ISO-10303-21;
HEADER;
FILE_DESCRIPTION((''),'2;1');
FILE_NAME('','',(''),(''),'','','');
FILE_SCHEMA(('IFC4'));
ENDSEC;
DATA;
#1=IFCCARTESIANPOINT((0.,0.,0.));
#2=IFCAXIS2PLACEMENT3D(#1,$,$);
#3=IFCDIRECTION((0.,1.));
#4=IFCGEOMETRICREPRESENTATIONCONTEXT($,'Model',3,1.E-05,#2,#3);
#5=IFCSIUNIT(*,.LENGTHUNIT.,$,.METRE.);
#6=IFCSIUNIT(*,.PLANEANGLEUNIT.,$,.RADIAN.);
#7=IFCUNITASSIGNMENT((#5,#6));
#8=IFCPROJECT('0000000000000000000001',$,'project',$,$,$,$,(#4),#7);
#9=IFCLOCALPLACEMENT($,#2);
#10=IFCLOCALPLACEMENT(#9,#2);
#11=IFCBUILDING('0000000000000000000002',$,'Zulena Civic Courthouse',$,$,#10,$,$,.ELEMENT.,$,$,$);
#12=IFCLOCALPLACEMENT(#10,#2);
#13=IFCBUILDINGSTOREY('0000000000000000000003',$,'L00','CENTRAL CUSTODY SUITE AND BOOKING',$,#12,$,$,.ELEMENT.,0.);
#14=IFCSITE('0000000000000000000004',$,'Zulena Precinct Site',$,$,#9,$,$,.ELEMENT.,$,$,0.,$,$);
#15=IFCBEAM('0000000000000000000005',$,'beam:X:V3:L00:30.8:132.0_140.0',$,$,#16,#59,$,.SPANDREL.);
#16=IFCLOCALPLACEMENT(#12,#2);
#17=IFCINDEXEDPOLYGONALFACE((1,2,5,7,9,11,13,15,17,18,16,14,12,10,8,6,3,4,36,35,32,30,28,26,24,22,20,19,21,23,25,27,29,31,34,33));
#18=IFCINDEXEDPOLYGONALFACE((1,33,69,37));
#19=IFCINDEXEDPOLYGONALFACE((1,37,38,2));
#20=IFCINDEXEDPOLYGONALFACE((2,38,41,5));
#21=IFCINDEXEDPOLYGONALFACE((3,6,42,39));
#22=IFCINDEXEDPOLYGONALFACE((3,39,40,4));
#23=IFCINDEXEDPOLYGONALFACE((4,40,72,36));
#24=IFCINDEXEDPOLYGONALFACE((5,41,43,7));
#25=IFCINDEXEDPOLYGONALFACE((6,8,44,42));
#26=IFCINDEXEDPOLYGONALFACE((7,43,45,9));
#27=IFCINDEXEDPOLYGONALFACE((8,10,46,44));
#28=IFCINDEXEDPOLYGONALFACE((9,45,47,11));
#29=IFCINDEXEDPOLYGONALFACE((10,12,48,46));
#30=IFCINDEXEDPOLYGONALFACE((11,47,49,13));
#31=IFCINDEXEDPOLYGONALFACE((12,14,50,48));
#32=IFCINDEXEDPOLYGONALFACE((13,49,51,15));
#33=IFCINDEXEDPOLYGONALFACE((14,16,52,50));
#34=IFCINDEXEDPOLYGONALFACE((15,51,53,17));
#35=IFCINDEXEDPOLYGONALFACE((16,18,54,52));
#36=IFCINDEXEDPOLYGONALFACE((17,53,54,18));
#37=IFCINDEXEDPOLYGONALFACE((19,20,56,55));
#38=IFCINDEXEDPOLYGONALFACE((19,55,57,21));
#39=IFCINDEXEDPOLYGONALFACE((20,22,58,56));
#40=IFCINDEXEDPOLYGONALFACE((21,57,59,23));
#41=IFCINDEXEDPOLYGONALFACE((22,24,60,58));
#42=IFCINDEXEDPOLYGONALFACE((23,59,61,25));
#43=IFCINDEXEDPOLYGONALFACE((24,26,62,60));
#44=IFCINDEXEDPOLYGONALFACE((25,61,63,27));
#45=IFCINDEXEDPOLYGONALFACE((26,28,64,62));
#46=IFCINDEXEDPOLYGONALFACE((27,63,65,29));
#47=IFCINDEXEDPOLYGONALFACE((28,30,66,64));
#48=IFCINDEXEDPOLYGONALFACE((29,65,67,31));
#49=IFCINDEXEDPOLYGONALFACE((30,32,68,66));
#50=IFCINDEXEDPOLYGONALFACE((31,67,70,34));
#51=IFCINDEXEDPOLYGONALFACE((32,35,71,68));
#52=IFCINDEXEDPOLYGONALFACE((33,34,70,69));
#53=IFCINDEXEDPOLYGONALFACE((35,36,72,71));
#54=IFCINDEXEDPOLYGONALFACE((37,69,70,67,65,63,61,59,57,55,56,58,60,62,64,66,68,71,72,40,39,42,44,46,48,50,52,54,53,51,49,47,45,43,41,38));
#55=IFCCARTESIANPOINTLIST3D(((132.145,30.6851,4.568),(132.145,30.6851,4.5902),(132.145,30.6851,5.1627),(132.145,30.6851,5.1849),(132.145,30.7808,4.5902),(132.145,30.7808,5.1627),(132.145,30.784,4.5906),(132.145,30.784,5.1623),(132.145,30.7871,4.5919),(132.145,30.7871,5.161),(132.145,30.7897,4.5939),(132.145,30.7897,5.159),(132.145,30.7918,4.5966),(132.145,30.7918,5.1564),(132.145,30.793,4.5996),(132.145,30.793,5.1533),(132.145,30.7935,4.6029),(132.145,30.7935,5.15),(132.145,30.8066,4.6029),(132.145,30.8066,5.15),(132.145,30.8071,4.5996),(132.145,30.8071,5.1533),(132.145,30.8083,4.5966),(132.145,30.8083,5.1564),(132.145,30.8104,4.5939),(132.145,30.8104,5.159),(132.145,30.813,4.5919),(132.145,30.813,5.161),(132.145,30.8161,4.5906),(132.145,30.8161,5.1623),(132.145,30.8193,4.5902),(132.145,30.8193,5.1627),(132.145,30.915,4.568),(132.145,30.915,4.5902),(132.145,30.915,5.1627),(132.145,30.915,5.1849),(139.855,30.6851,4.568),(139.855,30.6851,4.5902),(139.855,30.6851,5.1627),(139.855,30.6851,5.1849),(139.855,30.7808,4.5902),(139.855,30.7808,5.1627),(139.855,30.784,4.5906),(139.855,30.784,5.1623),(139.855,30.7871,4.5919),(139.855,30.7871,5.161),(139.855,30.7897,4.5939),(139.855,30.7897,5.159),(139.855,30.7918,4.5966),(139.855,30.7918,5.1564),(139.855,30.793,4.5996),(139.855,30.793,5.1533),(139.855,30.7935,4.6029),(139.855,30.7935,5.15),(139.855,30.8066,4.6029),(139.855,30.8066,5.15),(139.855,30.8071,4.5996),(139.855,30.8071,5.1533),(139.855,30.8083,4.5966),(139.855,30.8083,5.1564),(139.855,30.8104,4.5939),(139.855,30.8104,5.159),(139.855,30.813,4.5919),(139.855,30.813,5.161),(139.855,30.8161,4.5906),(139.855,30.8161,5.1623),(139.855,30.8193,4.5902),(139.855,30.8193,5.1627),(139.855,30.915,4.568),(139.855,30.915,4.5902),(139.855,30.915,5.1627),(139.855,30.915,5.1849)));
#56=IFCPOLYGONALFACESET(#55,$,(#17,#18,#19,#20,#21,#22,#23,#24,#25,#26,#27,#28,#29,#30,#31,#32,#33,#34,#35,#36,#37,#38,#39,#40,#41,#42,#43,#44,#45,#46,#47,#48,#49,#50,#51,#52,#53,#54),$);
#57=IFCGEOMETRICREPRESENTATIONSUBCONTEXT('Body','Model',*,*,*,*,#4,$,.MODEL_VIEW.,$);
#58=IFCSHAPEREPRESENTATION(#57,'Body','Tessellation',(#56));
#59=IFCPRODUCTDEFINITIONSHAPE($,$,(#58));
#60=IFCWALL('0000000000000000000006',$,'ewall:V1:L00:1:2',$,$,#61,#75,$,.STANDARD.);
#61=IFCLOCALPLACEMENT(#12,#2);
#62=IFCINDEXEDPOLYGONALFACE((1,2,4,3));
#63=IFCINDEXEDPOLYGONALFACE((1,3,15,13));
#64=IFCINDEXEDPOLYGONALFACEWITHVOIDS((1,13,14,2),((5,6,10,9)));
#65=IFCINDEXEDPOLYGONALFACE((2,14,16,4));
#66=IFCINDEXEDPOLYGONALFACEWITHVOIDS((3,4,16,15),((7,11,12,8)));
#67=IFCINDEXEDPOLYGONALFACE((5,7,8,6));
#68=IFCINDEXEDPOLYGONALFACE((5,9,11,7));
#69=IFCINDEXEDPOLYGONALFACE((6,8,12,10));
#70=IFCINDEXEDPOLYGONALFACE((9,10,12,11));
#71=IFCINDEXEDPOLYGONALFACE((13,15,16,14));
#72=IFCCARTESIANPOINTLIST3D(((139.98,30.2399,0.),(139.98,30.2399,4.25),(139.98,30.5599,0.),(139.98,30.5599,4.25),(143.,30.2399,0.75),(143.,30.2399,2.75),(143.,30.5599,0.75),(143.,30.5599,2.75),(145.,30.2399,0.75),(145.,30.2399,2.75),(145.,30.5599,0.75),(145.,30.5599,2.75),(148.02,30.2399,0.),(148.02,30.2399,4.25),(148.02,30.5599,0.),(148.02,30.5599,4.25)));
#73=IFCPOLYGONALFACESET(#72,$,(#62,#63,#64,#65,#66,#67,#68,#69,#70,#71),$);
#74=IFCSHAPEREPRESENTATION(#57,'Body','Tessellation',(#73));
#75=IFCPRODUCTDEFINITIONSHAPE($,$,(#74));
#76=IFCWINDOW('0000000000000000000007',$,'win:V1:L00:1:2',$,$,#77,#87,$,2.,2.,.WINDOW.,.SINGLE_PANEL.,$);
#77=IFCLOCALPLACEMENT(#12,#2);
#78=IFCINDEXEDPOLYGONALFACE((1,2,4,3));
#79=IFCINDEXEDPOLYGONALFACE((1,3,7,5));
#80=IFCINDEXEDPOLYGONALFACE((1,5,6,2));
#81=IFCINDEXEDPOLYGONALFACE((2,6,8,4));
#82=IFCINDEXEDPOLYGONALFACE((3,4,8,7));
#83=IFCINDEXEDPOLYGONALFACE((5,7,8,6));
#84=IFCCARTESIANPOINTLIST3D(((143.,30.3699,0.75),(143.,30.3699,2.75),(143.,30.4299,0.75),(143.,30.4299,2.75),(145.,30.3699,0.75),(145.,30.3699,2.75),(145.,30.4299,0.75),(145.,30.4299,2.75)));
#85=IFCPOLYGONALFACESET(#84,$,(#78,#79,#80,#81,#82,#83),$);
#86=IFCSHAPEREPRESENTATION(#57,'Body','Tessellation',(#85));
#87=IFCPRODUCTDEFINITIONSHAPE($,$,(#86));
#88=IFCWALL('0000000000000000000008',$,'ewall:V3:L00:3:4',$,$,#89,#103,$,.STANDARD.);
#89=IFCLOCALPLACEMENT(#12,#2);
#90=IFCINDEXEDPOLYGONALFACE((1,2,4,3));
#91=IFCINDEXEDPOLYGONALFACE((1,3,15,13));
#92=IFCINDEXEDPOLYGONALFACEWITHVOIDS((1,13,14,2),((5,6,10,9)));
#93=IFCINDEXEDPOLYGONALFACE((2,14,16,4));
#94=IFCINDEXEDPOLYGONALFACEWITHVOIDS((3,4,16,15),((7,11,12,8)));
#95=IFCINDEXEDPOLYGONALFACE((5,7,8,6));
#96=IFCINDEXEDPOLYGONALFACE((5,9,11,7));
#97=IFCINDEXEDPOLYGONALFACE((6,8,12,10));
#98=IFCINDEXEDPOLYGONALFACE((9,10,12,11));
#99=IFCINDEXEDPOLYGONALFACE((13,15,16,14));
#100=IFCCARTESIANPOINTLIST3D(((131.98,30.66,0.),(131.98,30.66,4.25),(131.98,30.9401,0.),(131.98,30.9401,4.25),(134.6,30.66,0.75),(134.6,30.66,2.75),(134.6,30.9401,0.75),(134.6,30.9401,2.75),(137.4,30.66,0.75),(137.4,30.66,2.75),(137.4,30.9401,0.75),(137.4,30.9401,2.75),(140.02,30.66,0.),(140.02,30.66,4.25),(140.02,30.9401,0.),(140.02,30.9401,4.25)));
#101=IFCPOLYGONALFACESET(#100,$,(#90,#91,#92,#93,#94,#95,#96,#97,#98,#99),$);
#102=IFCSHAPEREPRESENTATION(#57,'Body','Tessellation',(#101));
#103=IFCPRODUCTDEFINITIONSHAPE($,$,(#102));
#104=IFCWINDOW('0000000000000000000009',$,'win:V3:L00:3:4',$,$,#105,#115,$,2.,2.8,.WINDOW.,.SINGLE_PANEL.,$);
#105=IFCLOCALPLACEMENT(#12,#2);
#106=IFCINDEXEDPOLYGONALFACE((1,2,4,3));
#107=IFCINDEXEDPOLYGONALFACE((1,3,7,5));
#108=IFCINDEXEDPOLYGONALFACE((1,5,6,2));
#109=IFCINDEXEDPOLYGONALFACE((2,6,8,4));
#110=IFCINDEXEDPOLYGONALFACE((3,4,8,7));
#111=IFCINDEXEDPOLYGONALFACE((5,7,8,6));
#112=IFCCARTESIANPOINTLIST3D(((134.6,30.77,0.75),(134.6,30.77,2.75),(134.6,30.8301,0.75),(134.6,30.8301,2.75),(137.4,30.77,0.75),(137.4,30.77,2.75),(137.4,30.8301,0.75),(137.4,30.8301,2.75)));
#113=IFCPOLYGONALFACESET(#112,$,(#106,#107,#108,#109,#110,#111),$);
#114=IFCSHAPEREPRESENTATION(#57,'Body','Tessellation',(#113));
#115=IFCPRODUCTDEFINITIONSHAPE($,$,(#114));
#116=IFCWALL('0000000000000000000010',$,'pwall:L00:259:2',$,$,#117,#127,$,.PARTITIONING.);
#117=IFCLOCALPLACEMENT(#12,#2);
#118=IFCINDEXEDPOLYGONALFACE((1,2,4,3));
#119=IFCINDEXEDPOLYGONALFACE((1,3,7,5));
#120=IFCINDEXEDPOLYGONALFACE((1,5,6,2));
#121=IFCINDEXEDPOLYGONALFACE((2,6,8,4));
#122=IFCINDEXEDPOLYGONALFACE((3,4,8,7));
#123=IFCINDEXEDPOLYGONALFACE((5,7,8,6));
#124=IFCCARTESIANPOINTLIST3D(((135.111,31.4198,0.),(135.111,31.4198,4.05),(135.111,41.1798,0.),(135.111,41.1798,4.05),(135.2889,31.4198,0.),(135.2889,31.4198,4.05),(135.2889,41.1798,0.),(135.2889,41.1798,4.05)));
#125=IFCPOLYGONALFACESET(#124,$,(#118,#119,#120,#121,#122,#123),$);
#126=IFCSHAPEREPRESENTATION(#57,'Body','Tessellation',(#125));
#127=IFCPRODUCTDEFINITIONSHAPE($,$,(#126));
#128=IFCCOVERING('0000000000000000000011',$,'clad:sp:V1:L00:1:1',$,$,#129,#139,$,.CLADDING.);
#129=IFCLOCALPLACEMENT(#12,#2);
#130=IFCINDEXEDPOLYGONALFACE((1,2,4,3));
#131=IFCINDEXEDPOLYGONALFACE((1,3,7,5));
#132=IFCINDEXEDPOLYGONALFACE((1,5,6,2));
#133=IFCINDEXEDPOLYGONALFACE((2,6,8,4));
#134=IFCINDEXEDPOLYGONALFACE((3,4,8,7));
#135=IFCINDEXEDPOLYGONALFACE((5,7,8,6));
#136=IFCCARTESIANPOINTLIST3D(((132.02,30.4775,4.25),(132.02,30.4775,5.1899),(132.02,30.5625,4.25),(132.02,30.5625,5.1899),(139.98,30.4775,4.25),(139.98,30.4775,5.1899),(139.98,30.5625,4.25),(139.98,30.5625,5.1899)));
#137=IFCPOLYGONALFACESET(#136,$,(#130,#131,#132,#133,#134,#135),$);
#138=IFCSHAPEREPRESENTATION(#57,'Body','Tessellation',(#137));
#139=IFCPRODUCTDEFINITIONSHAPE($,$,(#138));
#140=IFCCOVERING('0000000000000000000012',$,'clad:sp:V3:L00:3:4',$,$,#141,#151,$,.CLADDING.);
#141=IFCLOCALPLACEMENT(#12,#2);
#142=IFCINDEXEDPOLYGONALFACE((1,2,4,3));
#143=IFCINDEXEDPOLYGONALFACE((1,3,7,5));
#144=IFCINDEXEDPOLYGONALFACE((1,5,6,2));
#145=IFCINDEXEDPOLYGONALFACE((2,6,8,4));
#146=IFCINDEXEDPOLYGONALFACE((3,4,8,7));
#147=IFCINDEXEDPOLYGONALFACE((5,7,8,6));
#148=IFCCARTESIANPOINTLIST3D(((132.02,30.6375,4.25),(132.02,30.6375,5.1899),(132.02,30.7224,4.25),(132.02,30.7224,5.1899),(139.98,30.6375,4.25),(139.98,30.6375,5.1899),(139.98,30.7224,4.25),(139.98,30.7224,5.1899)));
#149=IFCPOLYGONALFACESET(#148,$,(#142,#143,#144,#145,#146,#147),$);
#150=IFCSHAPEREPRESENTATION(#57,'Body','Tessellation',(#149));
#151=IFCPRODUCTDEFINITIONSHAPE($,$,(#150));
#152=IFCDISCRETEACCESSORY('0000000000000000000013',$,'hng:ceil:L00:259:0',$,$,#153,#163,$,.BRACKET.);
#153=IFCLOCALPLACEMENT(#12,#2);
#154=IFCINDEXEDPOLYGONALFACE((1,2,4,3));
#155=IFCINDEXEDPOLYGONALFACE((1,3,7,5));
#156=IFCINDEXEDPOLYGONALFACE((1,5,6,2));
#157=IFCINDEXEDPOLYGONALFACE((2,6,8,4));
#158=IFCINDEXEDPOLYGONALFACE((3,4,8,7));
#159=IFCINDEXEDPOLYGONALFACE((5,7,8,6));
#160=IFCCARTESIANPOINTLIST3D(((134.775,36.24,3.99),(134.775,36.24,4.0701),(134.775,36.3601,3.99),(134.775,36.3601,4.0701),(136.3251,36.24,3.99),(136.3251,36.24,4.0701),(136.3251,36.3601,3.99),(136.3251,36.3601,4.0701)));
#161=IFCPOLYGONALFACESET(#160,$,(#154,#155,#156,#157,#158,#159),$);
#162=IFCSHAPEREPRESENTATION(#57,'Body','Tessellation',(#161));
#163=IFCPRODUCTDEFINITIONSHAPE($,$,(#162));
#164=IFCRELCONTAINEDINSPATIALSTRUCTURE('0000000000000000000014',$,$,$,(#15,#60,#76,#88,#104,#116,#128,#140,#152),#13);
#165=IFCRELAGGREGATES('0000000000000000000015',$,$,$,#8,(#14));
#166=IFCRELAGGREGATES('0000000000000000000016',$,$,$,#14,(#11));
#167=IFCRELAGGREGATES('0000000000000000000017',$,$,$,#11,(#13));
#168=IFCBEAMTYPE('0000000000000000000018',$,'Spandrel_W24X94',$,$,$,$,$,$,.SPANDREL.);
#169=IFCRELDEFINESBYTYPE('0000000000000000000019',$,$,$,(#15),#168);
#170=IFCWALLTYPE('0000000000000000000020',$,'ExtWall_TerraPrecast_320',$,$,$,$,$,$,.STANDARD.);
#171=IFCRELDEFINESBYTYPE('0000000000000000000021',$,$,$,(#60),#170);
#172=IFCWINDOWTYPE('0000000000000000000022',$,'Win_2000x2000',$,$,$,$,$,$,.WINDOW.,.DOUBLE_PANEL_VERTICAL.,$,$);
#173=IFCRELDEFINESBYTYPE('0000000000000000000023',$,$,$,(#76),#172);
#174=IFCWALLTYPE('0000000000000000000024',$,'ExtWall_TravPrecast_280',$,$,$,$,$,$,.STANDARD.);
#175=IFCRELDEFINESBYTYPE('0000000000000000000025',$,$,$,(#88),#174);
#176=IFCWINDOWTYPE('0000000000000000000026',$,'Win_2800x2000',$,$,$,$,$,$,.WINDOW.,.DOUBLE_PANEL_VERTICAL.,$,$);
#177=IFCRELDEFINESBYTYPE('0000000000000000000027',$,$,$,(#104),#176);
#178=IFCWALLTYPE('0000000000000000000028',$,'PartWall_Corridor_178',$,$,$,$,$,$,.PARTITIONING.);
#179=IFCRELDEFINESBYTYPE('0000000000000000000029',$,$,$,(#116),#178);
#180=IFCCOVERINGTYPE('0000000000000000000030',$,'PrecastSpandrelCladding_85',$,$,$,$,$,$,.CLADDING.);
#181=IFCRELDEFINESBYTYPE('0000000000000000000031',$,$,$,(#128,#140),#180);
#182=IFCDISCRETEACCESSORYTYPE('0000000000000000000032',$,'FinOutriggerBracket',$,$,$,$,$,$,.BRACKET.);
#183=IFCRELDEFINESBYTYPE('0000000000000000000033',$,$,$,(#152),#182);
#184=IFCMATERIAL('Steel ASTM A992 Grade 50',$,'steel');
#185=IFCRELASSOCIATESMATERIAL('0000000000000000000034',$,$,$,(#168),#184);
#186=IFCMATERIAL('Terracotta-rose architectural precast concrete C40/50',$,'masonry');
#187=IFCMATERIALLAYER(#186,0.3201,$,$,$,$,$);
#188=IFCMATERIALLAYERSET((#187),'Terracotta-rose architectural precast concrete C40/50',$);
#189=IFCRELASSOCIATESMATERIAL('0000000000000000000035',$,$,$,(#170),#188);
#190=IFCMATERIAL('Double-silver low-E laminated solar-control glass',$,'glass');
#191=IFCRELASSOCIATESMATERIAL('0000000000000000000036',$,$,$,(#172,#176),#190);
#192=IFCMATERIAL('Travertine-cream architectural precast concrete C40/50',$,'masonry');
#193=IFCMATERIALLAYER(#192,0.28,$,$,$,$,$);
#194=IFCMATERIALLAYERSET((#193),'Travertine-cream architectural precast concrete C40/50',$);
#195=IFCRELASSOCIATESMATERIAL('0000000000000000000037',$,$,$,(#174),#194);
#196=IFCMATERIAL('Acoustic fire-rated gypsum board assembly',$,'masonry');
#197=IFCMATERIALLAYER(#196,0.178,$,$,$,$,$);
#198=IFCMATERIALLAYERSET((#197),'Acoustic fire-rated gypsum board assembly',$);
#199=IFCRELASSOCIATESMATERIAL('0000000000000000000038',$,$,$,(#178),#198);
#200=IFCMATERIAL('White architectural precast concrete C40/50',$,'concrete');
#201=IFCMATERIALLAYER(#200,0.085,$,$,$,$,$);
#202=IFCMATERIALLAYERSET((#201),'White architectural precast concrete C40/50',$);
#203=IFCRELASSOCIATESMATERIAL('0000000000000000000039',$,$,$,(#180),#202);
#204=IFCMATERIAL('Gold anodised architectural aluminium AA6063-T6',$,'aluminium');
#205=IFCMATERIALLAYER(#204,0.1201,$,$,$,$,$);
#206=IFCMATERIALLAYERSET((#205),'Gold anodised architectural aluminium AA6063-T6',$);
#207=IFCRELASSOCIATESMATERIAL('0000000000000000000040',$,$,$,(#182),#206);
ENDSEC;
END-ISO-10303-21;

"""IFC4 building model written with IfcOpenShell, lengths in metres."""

from ifc_helpers import new_model, si_unit, direction, frame, frame_2d, origin, origin_2d, place, context, subcontext, project, spatial, rectangle, i_section, extrude, material, layer, layer_set, material_profile, profile_set, type_object, element, fill, save


model = new_model("IFC4")

# Units and contexts
model_context = context("Model", 3, precision=1e-05, world=origin(), true_north=direction((0.0, 1.0)))
body_context = subcontext(model_context, "Body", "Model", "MODEL_VIEW")
ifc_project = project(units=[si_unit("LENGTHUNIT", "METRE"), si_unit("PLANEANGLEUNIT", "RADIAN")], contexts=[model_context])

# Site, building, storey
site_placement = place(None, origin())
site = spatial("IfcSite", under=ifc_project, at=site_placement, Name="Zulena Precinct Site", CompositionType="ELEMENT", RefElevation=0.0)
building_placement = place(site_placement, origin())
building = spatial("IfcBuilding", under=site, at=building_placement, Name="Zulena Civic Courthouse", CompositionType="ELEMENT")
storey_placement = place(building_placement, origin())
storey = spatial("IfcBuildingStorey", under=building, at=storey_placement, Name="L00", Description="CENTRAL CUSTODY SUITE AND BOOKING", CompositionType="ELEMENT", Elevation=0.0)

# Shared definitions
ifc_material_1 = material(Name="Steel ASTM A992 Grade 50", Category="steel")

# Beam
ifc_material_profile_1 = material_profile(ifc_material_1, i_section(OverallWidth=0.23, OverallDepth=0.6169, WebThickness=0.0132, FlangeThickness=0.0222, FilletRadius=0.0127, at=origin_2d()), Name="W24X94")
ifc_profile_set_1 = profile_set([ifc_material_profile_1], Name="Steel ASTM A992 Grade 50")
beam_type_1 = type_object("IfcBeamType", Name="Spandrel_W24X94", PredefinedType="SPANDREL", material=ifc_profile_set_1)
for number, where, z_axis, x_axis, name in (
    (1, (132.145, 30.8, 4.8765), (1.0, 0.0, 0.0), (0.0, 1.0, 0.0), "beam:X:V3:L00:30.8:132.0_140.0"),
):
    element("IfcBeam", number, at=place(storey_placement, frame(where, z_axis=z_axis, x_axis=x_axis)), inside=storey, type_object=beam_type_1, Name=name, PredefinedType="SPANDREL", context=body_context, shape_type="SweptSolid", body=[
        extrude(i_section(OverallWidth=0.23, OverallDepth=0.6169, WebThickness=0.0132, FlangeThickness=0.0222, FilletRadius=0.0127, at=origin_2d()), origin(), (0.0, 0.0, 1.0), 7.71),
    ])

# Walls, openings, windows
ifc_material_2 = material(Name="Terracotta-rose architectural precast concrete C40/50", Category="masonry")
ifc_layer_1 = layer(ifc_material_2, 0.3201)
ifc_layer_set_1 = layer_set([ifc_layer_1], Name="Terracotta-rose architectural precast concrete C40/50")
wall_type_1 = type_object("IfcWallType", Name="ExtWall_TerraPrecast_320", PredefinedType="STANDARD", material=ifc_layer_set_1)
wall_1_placement = place(storey_placement, frame((139.98, 30.3999, 0.0), z_axis=(0.0, 0.0, 1.0), x_axis=(1.0, 0.0, 0.0)))
wall_1 = element("IfcWall", 2, at=wall_1_placement, inside=storey, type_object=wall_type_1, Name="ewall:V1:L00:1:2", PredefinedType="STANDARD", context=body_context, shape_type="SweptSolid", body=[
    extrude(rectangle(XDim=8.04, YDim=0.3201, at=frame_2d((4.02, 0.0))), origin(), (0.0, 0.0, 1.0), 4.25),
])
opening_1_placement = place(wall_1_placement, frame((3.02, 0.0, 0.75)))
opening_1 = element("IfcOpeningElement", 3, at=opening_1_placement, cuts=wall_1, PredefinedType="OPENING", context=body_context, shape_type="SweptSolid", body=[
    extrude(rectangle(XDim=2.0, YDim=2.0, at=frame_2d((1.0, 1.0))), frame((0.0, 0.1699, 0.0), z_axis=(0.0, -1.0, 0.0), x_axis=(1.0, 0.0, 0.0)), (0.0, 0.0, 1.0), 0.3401),
])
ifc_material_3 = material(Name="Double-silver low-E laminated solar-control glass", Category="glass")
window_type_1 = type_object("IfcWindowType", Name="Win_2000x2000", PartitioningType="DOUBLE_PANEL_VERTICAL", PredefinedType="WINDOW", material=ifc_material_3)
window_1_placement = place(opening_1_placement, origin())
window_1 = element("IfcWindow", 4, at=window_1_placement, inside=storey, type_object=window_type_1, Name="win:V1:L00:1:2", OverallHeight=2.0, OverallWidth=2.0, PartitioningType="SINGLE_PANEL", PredefinedType="WINDOW", context=body_context, shape_type="SweptSolid", body=[
    extrude(rectangle(XDim=2.0, YDim=2.0, at=frame_2d((1.0, 1.0))), frame((0.0, 0.03, 0.0), z_axis=(0.0, -1.0, 0.0), x_axis=(1.0, 0.0, 0.0)), (0.0, 0.0, 1.0), 0.0601),
])
fill(opening_1, window_1)
ifc_material_4 = material(Name="Travertine-cream architectural precast concrete C40/50", Category="masonry")
ifc_layer_2 = layer(ifc_material_4, 0.28)
ifc_layer_set_2 = layer_set([ifc_layer_2], Name="Travertine-cream architectural precast concrete C40/50")
wall_type_2 = type_object("IfcWallType", Name="ExtWall_TravPrecast_280", PredefinedType="STANDARD", material=ifc_layer_set_2)
wall_2_placement = place(storey_placement, frame((140.02, 30.8, 0.0), z_axis=(0.0, 0.0, 1.0), x_axis=(-1.0, 0.0, 0.0)))
wall_2 = element("IfcWall", 5, at=wall_2_placement, inside=storey, type_object=wall_type_2, Name="ewall:V3:L00:3:4", PredefinedType="STANDARD", context=body_context, shape_type="SweptSolid", body=[
    extrude(rectangle(XDim=8.04, YDim=0.28, at=frame_2d((4.02, 0.0))), origin(), (0.0, 0.0, 1.0), 4.25),
])
opening_2_placement = place(wall_2_placement, frame((2.6201, 0.0, 0.75)))
opening_2 = element("IfcOpeningElement", 6, at=opening_2_placement, cuts=wall_2, PredefinedType="OPENING", context=body_context, shape_type="SweptSolid", body=[
    extrude(rectangle(XDim=2.8, YDim=2.0, at=frame_2d((1.3999, 1.0))), frame((0.0, 0.1499, 0.0), z_axis=(0.0, -1.0, 0.0), x_axis=(1.0, 0.0, 0.0)), (0.0, 0.0, 1.0), 0.3),
])
window_type_2 = type_object("IfcWindowType", Name="Win_2800x2000", PartitioningType="DOUBLE_PANEL_VERTICAL", PredefinedType="WINDOW", material=ifc_material_3)
window_2_placement = place(opening_2_placement, origin())
window_2 = element("IfcWindow", 7, at=window_2_placement, inside=storey, type_object=window_type_2, Name="win:V3:L00:3:4", OverallHeight=2.0, OverallWidth=2.8, PartitioningType="SINGLE_PANEL", PredefinedType="WINDOW", context=body_context, shape_type="SweptSolid", body=[
    extrude(rectangle(XDim=2.8, YDim=2.0, at=frame_2d((1.3999, 1.0))), frame((0.0, 0.03, 0.0), z_axis=(0.0, -1.0, 0.0), x_axis=(1.0, 0.0, 0.0)), (0.0, 0.0, 1.0), 0.0601),
])
fill(opening_2, window_2)

# Wall
ifc_material_5 = material(Name="Acoustic fire-rated gypsum board assembly", Category="masonry")
ifc_layer_3 = layer(ifc_material_5, 0.178)
ifc_layer_set_3 = layer_set([ifc_layer_3], Name="Acoustic fire-rated gypsum board assembly")
wall_type_3 = type_object("IfcWallType", Name="PartWall_Corridor_178", PredefinedType="PARTITIONING", material=ifc_layer_set_3)
wall_3_placement = place(storey_placement, frame((135.2, 31.4199, 0.0), z_axis=(0.0, 0.0, 1.0), x_axis=(0.0, 1.0, 0.0)))
element("IfcWall", 8, at=wall_3_placement, inside=storey, type_object=wall_type_3, Name="pwall:L00:259:2", PredefinedType="PARTITIONING", context=body_context, shape_type="SweptSolid", body=[
    extrude(rectangle(XDim=9.76, YDim=0.178, at=frame_2d((4.8799, 0.0))), origin(), (0.0, 0.0, 1.0), 4.05),
])

# Coverings
ifc_material_6 = material(Name="White architectural precast concrete C40/50", Category="concrete")
ifc_layer_4 = layer(ifc_material_6, 0.085)
ifc_layer_set_4 = layer_set([ifc_layer_4], Name="White architectural precast concrete C40/50")
covering_type = type_object("IfcCoveringType", Name="PrecastSpandrelCladding_85", PredefinedType="CLADDING", material=ifc_layer_set_4)
for number, where, z_axis, x_axis, name in (
    (9, (136.0, 30.52, 4.25), (0.0, 0.0, 1.0), (1.0, 0.0, 0.0), "clad:sp:V1:L00:1:1"),
    (10, (136.0, 30.6799, 4.25), (0.0, 0.0, 1.0), (-1.0, 0.0, 0.0), "clad:sp:V3:L00:3:4"),
):
    element("IfcCovering", number, at=place(storey_placement, frame(where, z_axis=z_axis, x_axis=x_axis)), inside=storey, type_object=covering_type, Name=name, PredefinedType="CLADDING", context=body_context, shape_type="SweptSolid", body=[
        extrude(rectangle(XDim=7.96, YDim=0.085, at=origin_2d()), origin(), (0.0, 0.0, 1.0), 0.9399),
    ])

# Discrete accessory
ifc_material_7 = material(Name="Gold anodised architectural aluminium AA6063-T6", Category="aluminium")
ifc_layer_5 = layer(ifc_material_7, 0.1201)
ifc_layer_set_5 = layer_set([ifc_layer_5], Name="Gold anodised architectural aluminium AA6063-T6")
discrete_accessory_type = type_object("IfcDiscreteAccessoryType", Name="FinOutriggerBracket", PredefinedType="BRACKET", material=ifc_layer_set_5)
discrete_accessory_placement = place(storey_placement, frame((135.55, 36.3, 3.99), z_axis=(0.0, 0.0, 1.0), x_axis=(1.0, 0.0, 0.0)))
element("IfcDiscreteAccessory", 11, at=discrete_accessory_placement, inside=storey, type_object=discrete_accessory_type, Name="hng:ceil:L00:259:0", PredefinedType="BRACKET", context=body_context, shape_type="SweptSolid", body=[
    extrude(rectangle(XDim=1.55, YDim=0.1201, at=origin_2d()), origin(), (0.0, 0.0, 1.0), 0.0801),
])

save(model, "model.ifc")
